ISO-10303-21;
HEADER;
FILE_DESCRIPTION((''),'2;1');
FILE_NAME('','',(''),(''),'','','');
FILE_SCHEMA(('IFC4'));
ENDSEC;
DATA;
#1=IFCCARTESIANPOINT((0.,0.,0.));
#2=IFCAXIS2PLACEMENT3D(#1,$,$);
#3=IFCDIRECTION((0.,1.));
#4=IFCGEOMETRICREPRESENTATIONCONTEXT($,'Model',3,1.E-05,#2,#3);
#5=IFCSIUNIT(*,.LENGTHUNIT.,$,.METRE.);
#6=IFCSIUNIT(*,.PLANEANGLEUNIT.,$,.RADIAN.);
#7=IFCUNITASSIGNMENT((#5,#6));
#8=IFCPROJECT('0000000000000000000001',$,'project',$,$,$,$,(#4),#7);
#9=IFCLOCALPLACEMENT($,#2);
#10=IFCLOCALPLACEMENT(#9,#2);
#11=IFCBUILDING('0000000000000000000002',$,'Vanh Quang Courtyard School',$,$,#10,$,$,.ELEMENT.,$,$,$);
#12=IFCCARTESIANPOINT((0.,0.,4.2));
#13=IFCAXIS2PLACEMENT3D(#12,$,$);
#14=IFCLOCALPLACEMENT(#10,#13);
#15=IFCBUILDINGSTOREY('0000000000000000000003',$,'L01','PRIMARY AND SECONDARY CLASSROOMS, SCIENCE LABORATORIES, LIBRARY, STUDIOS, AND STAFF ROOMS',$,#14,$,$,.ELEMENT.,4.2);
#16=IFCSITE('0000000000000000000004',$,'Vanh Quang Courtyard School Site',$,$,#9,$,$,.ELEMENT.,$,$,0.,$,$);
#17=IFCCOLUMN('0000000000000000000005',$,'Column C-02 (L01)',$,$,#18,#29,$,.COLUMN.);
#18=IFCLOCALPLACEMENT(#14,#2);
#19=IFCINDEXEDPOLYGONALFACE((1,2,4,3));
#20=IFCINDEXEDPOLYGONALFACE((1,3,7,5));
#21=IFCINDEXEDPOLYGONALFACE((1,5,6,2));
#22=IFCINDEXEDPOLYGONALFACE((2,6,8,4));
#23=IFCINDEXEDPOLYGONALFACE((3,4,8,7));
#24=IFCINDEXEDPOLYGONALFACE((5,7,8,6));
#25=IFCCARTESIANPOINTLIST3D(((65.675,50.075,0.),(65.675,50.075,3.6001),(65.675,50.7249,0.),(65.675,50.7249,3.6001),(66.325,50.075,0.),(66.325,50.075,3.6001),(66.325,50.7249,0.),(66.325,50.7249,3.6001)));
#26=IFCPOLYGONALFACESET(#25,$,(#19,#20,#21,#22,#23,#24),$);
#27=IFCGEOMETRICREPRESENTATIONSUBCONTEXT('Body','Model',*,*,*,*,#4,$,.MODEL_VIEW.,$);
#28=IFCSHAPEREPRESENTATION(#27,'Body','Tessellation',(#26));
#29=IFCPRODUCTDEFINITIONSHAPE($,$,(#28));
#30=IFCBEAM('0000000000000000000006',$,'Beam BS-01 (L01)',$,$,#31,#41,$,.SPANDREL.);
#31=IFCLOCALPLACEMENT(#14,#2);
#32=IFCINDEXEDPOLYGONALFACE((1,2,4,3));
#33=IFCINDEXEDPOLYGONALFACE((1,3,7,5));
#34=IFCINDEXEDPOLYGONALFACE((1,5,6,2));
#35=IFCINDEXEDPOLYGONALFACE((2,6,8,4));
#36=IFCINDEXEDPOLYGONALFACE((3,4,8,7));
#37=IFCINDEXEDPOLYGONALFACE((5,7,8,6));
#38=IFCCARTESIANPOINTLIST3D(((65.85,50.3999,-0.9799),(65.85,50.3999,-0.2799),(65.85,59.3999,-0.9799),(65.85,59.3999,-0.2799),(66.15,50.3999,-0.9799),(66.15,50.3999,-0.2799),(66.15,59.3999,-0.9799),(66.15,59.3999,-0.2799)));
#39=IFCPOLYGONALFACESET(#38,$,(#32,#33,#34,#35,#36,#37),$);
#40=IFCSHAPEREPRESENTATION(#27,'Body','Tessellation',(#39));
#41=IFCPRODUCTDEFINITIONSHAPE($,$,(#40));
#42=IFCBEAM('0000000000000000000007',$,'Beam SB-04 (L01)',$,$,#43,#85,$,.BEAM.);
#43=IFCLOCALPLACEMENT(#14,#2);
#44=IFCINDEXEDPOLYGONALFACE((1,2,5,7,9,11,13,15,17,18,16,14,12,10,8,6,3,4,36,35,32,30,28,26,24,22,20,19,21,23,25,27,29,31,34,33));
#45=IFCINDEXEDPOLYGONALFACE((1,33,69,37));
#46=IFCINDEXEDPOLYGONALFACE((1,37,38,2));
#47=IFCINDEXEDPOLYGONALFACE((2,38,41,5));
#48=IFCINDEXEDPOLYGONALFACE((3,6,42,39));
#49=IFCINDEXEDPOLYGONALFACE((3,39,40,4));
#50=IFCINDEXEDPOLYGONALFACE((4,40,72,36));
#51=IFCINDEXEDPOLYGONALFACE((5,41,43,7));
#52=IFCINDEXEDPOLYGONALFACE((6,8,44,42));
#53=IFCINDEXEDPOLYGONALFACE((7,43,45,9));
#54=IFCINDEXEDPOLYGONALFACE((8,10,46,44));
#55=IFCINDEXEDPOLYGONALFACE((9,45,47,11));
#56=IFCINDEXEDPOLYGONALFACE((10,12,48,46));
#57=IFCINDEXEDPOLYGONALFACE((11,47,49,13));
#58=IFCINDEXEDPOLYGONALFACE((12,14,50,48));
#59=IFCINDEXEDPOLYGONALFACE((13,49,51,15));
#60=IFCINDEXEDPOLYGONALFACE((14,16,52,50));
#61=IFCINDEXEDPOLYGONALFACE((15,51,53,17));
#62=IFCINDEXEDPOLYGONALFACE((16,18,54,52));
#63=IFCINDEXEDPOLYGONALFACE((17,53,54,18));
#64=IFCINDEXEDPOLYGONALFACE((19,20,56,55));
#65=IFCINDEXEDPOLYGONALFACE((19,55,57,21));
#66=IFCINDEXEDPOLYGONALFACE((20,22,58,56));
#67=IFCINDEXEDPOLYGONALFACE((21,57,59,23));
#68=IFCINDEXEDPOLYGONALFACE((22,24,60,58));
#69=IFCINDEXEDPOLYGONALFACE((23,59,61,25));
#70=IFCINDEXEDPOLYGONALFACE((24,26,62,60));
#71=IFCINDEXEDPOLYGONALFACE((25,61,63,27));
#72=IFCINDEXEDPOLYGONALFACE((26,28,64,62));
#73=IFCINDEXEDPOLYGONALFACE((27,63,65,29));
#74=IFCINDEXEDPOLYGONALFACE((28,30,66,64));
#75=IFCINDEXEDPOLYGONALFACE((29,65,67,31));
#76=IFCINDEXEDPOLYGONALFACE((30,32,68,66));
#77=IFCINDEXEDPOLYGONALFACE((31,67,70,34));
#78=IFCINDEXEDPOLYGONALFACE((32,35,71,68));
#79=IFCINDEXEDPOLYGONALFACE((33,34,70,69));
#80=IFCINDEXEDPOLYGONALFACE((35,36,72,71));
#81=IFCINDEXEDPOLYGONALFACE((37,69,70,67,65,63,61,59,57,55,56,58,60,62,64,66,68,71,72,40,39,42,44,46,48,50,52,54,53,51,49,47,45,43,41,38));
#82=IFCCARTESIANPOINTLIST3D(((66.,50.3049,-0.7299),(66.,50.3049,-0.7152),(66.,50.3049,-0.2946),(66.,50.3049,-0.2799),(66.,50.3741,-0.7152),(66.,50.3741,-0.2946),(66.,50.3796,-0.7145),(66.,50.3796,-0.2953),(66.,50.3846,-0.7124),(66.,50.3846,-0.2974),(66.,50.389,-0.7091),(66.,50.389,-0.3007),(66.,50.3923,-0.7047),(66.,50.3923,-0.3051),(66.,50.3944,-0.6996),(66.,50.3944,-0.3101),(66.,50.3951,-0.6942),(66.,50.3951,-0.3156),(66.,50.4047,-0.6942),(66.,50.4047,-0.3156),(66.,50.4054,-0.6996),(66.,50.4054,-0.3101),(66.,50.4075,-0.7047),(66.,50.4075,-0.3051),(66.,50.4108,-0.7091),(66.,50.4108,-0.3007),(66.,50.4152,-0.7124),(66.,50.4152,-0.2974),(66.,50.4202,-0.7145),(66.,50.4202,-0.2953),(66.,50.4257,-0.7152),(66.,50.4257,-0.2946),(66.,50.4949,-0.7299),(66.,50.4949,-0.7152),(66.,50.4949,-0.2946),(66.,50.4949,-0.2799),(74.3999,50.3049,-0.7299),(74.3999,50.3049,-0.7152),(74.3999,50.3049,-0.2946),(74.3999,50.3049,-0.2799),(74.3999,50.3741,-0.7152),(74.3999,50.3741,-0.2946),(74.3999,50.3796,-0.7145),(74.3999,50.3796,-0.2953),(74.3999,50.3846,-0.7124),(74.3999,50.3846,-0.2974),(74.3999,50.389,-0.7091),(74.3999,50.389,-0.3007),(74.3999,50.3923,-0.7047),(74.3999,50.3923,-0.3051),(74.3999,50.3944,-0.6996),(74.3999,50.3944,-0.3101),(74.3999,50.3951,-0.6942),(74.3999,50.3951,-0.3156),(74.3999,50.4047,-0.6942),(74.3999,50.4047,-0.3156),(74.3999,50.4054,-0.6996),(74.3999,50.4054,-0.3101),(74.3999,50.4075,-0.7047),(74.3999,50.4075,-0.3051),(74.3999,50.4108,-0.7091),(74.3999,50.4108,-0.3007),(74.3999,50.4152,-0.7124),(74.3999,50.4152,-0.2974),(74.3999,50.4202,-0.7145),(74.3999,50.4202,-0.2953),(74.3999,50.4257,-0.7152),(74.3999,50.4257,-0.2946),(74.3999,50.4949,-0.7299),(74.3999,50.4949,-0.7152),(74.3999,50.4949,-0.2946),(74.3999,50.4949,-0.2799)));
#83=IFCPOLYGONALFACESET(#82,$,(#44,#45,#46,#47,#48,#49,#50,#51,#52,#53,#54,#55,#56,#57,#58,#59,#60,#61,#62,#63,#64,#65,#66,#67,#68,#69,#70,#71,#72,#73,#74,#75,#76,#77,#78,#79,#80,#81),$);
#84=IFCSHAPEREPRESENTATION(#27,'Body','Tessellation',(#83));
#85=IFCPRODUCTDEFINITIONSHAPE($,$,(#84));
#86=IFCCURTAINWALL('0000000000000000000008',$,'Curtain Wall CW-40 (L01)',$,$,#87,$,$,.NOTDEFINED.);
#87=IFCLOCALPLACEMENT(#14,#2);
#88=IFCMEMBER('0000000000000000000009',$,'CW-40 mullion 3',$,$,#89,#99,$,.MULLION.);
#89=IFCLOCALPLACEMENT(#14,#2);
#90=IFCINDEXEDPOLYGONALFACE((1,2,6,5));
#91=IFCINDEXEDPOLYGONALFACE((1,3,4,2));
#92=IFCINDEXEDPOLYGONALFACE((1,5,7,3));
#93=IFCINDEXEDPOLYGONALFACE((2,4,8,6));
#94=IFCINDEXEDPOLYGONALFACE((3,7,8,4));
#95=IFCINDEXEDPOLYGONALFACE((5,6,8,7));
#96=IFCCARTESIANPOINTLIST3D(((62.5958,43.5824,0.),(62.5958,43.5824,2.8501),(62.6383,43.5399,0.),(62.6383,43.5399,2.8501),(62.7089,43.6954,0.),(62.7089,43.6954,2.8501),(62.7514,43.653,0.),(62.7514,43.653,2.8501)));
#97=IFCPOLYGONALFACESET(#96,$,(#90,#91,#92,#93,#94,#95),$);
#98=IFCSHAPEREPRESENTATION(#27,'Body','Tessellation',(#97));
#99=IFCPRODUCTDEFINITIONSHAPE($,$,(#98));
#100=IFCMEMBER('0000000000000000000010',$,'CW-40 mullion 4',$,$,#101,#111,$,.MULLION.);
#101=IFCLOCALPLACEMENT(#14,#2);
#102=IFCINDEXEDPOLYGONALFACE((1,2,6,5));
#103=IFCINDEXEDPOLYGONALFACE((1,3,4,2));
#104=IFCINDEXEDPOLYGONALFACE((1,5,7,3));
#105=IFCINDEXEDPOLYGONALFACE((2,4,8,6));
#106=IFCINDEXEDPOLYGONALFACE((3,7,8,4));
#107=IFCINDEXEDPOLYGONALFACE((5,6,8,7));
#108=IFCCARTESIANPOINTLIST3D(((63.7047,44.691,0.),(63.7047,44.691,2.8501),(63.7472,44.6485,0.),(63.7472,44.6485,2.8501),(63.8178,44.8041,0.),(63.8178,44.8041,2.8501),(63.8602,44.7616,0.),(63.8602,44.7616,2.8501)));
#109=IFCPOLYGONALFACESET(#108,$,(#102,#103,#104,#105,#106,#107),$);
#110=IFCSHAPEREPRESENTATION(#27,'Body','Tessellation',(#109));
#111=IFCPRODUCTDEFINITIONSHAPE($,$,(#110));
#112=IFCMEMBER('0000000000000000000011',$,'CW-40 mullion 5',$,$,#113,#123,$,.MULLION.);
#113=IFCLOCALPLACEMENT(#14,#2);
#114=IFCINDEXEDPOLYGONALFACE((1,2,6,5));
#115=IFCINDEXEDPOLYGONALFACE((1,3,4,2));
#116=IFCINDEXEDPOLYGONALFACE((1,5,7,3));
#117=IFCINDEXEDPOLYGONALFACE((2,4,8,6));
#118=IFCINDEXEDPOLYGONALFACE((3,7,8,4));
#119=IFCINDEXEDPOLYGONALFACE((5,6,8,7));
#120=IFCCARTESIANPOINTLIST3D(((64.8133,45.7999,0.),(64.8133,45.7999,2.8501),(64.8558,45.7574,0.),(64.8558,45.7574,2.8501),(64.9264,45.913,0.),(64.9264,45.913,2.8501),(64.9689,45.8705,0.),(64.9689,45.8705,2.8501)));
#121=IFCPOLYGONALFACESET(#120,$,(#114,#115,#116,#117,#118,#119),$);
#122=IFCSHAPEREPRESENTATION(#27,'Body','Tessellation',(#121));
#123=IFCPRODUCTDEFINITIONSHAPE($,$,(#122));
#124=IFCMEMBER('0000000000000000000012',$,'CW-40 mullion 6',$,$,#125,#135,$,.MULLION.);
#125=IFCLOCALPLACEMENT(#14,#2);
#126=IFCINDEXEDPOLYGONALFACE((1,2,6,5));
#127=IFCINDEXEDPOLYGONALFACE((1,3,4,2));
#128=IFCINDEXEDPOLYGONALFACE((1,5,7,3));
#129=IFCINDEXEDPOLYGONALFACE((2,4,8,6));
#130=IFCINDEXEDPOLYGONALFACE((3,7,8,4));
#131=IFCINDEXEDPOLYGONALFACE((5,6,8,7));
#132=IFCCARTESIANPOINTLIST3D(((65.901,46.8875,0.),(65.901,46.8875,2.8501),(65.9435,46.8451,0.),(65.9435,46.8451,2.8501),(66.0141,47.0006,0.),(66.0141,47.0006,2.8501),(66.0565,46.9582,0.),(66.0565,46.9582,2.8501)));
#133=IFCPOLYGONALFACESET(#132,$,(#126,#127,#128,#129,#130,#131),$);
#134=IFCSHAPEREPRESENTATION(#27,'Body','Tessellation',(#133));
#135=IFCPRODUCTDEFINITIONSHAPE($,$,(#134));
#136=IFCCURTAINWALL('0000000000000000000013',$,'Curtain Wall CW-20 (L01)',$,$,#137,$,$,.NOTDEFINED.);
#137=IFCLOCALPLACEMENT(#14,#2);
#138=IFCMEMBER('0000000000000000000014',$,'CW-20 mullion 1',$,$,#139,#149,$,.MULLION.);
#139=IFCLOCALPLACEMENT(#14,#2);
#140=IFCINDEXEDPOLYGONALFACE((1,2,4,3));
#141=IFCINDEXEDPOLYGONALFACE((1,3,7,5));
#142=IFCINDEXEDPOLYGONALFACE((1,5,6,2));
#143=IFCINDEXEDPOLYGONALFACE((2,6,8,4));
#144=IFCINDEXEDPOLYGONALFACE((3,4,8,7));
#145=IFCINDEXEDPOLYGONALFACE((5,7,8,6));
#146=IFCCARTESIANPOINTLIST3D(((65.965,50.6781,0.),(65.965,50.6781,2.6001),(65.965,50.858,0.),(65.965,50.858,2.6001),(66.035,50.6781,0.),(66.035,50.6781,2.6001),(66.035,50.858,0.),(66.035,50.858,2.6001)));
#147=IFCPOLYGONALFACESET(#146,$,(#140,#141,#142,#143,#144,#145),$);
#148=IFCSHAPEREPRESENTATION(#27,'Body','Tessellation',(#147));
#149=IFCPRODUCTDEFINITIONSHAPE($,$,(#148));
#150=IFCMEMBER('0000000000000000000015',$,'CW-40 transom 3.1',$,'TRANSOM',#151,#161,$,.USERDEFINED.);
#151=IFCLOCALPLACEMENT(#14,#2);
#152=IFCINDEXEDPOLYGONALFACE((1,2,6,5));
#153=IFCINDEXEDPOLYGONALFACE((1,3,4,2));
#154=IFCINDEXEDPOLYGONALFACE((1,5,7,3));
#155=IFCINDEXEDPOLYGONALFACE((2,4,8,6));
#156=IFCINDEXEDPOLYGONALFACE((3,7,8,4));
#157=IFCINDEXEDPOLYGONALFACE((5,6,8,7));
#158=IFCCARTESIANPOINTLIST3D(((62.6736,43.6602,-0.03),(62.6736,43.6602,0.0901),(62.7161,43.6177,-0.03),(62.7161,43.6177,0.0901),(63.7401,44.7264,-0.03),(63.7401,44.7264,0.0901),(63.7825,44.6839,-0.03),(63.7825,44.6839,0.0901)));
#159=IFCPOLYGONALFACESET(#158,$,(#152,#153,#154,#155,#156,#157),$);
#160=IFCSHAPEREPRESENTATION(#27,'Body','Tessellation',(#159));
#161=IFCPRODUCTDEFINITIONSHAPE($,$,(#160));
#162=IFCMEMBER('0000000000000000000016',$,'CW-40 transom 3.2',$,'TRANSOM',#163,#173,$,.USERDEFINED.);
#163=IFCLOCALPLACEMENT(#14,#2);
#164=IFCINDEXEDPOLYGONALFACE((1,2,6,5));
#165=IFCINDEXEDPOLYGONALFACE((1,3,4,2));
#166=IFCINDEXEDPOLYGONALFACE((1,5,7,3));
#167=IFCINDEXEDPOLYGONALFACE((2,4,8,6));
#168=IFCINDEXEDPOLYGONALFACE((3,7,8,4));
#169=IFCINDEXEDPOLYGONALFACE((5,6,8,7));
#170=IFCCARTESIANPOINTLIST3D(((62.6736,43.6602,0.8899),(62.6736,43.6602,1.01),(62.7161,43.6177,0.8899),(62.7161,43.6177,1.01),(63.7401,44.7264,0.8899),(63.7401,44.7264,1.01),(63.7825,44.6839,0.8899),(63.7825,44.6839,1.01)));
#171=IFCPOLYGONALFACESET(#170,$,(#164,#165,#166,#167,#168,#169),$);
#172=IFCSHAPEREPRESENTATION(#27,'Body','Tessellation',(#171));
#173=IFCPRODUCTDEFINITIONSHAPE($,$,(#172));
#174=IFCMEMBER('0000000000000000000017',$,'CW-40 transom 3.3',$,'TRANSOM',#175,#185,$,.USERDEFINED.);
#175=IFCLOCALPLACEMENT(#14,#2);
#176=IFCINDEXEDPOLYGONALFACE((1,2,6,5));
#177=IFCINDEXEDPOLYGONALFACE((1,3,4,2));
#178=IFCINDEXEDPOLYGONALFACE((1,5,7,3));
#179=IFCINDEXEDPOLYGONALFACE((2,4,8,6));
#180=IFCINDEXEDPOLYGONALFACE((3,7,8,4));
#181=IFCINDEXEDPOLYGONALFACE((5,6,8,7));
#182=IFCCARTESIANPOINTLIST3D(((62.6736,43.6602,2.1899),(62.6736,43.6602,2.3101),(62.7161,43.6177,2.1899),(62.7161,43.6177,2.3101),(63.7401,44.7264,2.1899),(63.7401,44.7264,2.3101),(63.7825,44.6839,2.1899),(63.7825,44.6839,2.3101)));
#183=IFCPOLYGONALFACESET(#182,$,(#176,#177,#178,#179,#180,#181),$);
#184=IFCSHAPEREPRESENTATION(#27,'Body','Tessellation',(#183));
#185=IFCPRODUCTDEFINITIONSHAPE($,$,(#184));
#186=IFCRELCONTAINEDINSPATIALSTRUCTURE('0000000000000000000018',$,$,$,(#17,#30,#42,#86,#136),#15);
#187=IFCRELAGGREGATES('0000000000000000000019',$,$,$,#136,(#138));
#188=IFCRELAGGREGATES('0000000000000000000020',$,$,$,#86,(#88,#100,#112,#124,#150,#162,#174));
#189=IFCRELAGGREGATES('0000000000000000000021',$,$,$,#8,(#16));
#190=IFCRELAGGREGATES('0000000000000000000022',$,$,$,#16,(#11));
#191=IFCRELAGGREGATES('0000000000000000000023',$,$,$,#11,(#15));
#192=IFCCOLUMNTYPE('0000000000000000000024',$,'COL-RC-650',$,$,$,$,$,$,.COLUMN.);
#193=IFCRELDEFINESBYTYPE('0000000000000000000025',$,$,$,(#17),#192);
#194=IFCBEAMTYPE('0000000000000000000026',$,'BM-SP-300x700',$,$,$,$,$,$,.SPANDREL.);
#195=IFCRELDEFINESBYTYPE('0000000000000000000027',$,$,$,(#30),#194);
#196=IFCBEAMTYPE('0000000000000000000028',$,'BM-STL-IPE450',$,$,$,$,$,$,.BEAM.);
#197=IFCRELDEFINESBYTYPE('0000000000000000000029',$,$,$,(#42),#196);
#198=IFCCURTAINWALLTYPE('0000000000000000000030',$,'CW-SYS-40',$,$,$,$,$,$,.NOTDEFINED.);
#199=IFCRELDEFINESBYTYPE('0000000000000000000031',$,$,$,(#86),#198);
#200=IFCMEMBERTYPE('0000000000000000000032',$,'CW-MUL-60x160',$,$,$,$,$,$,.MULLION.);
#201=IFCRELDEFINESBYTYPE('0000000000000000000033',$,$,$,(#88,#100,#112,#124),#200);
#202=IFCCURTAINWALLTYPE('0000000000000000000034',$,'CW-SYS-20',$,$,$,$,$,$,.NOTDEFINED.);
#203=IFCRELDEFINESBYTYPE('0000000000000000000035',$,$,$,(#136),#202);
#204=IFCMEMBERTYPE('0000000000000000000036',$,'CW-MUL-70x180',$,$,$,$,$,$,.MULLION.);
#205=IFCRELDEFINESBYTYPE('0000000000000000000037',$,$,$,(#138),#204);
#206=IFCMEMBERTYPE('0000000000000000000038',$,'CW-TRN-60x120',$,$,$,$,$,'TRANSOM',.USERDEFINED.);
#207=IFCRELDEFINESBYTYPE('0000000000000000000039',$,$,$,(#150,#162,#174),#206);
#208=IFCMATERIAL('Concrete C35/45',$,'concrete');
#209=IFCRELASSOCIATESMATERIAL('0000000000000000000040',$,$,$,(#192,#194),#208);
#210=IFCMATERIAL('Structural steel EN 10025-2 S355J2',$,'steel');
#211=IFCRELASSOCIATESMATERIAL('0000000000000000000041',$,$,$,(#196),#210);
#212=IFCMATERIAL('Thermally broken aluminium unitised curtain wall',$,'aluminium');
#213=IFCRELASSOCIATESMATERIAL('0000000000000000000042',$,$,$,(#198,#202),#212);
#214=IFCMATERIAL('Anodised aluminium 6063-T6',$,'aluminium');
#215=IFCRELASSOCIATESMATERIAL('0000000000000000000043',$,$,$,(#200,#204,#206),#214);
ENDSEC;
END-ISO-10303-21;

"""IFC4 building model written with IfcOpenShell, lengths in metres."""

from ifc_helpers import new_model, si_unit, direction, frame, origin, origin_2d, place, context, subcontext, project, spatial, rectangle, i_section, extrude, material, material_profile, profile_set, type_object, element, aggregate, save


model = new_model("IFC4")

# Units and contexts
model_context = context("Model", 3, precision=1e-05, world=origin(), true_north=direction((0.0, 1.0)))
body_context = subcontext(model_context, "Body", "Model", "MODEL_VIEW")
ifc_project = project(units=[si_unit("LENGTHUNIT", "METRE"), si_unit("PLANEANGLEUNIT", "RADIAN")], contexts=[model_context])

# Site, building, storey
site_placement = place(None, origin())
site = spatial("IfcSite", under=ifc_project, at=site_placement, Name="Vanh Quang Courtyard School Site", CompositionType="ELEMENT", RefElevation=0.0)
building_placement = place(site_placement, origin())
building = spatial("IfcBuilding", under=site, at=building_placement, Name="Vanh Quang Courtyard School", CompositionType="ELEMENT")
storey_placement = place(building_placement, frame((0.0, 0.0, 4.2)))
storey = spatial("IfcBuildingStorey", under=building, at=storey_placement, Name="L01", Description="PRIMARY AND SECONDARY CLASSROOMS, SCIENCE LABORATORIES, LIBRARY, STUDIOS, AND STAFF ROOMS", CompositionType="ELEMENT", Elevation=4.2)

# Column
ifc_material_1 = material(Name="Concrete C35/45", Category="concrete")
ifc_material_profile_1 = material_profile(ifc_material_1, rectangle(XDim=0.6499, YDim=0.6499, at=origin_2d()), Name="RC-COL 650x650")
ifc_profile_set_1 = profile_set([ifc_material_profile_1], Name="Concrete C35/45")
column_type = type_object("IfcColumnType", Name="COL-RC-650", PredefinedType="COLUMN", material=ifc_profile_set_1)
column_placement = place(storey_placement, frame((66.0, 50.3999, 0.0), z_axis=(0.0, 0.0, 1.0), x_axis=(1.0, 0.0, 0.0)))
element("IfcColumn", 1, at=column_placement, inside=storey, type_object=column_type, Name="Column C-02 (L01)", PredefinedType="COLUMN", context=body_context, shape_type="SweptSolid", body=[
    extrude(rectangle(XDim=0.6499, YDim=0.6499, at=origin_2d()), origin(), (0.0, 0.0, 1.0), 3.6001),
])

# Beams
ifc_material_profile_2 = material_profile(ifc_material_1, rectangle(XDim=0.3, YDim=0.7, at=origin_2d()), Name="RC-SP 300x700")
ifc_profile_set_2 = profile_set([ifc_material_profile_2], Name="Concrete C35/45")
beam_type_1 = type_object("IfcBeamType", Name="BM-SP-300x700", PredefinedType="SPANDREL", material=ifc_profile_set_2)
beam_1_placement = place(storey_placement, frame((66.0, 50.3999, -0.6299), z_axis=(0.0, 1.0, 0.0), x_axis=(-1.0, 0.0, 0.0)))
element("IfcBeam", 2, at=beam_1_placement, inside=storey, type_object=beam_type_1, Name="Beam BS-01 (L01)", PredefinedType="SPANDREL", context=body_context, shape_type="SweptSolid", body=[
    extrude(rectangle(XDim=0.3, YDim=0.7, at=origin_2d()), origin(), (0.0, 0.0, 1.0), 9.0),
])
ifc_material_2 = material(Name="Structural steel EN 10025-2 S355J2", Category="steel")
ifc_material_profile_3 = material_profile(ifc_material_2, i_section(OverallWidth=0.1899, OverallDepth=0.45, WebThickness=0.0095, FlangeThickness=0.0146, FilletRadius=0.021, at=origin_2d()), Name="IPE 450")
ifc_profile_set_3 = profile_set([ifc_material_profile_3], Name="Structural steel EN 10025-2 S355J2")
beam_type_2 = type_object("IfcBeamType", Name="BM-STL-IPE450", PredefinedType="BEAM", material=ifc_profile_set_3)
beam_2_placement = place(storey_placement, frame((66.0, 50.3999, -0.5049), z_axis=(1.0, 0.0, 0.0), x_axis=(0.0, 1.0, 0.0)))
element("IfcBeam", 3, at=beam_2_placement, inside=storey, type_object=beam_type_2, Name="Beam SB-04 (L01)", PredefinedType="BEAM", context=body_context, shape_type="SweptSolid", body=[
    extrude(i_section(OverallWidth=0.1899, OverallDepth=0.45, WebThickness=0.0095, FlangeThickness=0.0146, FilletRadius=0.021, at=origin_2d()), origin(), (0.0, 0.0, 1.0), 8.3999),
])

# Curtain wall, members
ifc_material_3 = material(Name="Thermally broken aluminium unitised curtain wall", Category="aluminium")
curtain_wall_type_1 = type_object("IfcCurtainWallType", Name="CW-SYS-40", PredefinedType="NOTDEFINED", material=ifc_material_3)
curtain_wall_1_placement = place(storey_placement, origin())
curtain_wall_1 = element("IfcCurtainWall", 4, at=curtain_wall_1_placement, inside=storey, type_object=curtain_wall_type_1, Name="Curtain Wall CW-40 (L01)", PredefinedType="NOTDEFINED")
ifc_material_4 = material(Name="Anodised aluminium 6063-T6", Category="aluminium")
ifc_material_profile_4 = material_profile(ifc_material_4, rectangle(XDim=0.0601, YDim=0.1599, at=origin_2d()), Name="ALU-MUL 60x160")
ifc_profile_set_4 = profile_set([ifc_material_profile_4], Name="Anodised aluminium 6063-T6")
member_type_1 = type_object("IfcMemberType", Name="CW-MUL-60x160", PredefinedType="MULLION", material=ifc_profile_set_4)
member_1_placement = place(storey_placement, frame((62.6736, 43.6177, 0.0), z_axis=(0.0, 0.0, 1.0), x_axis=(-0.707107, 0.707107, 0.0)))
member_1 = element("IfcMember", 5, at=member_1_placement, type_object=member_type_1, Name="CW-40 mullion 3", PredefinedType="MULLION", context=body_context, shape_type="SweptSolid", body=[
    extrude(rectangle(XDim=0.0601, YDim=0.1599, at=origin_2d()), origin(), (0.0, 0.0, 1.0), 2.8501),
])
member_2_placement = place(storey_placement, frame((63.7825, 44.7263, 0.0), z_axis=(0.0, 0.0, 1.0), x_axis=(-0.707107, 0.707107, 0.0)))
member_2 = element("IfcMember", 6, at=member_2_placement, type_object=member_type_1, Name="CW-40 mullion 4", PredefinedType="MULLION", context=body_context, shape_type="SweptSolid", body=[
    extrude(rectangle(XDim=0.0601, YDim=0.1599, at=origin_2d()), origin(), (0.0, 0.0, 1.0), 2.8501),
])
member_3_placement = place(storey_placement, frame((64.8911, 45.8352, 0.0), z_axis=(0.0, 0.0, 1.0), x_axis=(-0.707107, 0.707107, 0.0)))
member_3 = element("IfcMember", 7, at=member_3_placement, type_object=member_type_1, Name="CW-40 mullion 5", PredefinedType="MULLION", context=body_context, shape_type="SweptSolid", body=[
    extrude(rectangle(XDim=0.0601, YDim=0.1599, at=origin_2d()), origin(), (0.0, 0.0, 1.0), 2.8501),
])
member_4_placement = place(storey_placement, frame((65.9788, 46.9229, 0.0), z_axis=(0.0, 0.0, 1.0), x_axis=(-0.707107, 0.707107, 0.0)))
member_4 = element("IfcMember", 8, at=member_4_placement, type_object=member_type_1, Name="CW-40 mullion 6", PredefinedType="MULLION", context=body_context, shape_type="SweptSolid", body=[
    extrude(rectangle(XDim=0.0601, YDim=0.1599, at=origin_2d()), origin(), (0.0, 0.0, 1.0), 2.8501),
])

# Curtain wall, member
curtain_wall_type_2 = type_object("IfcCurtainWallType", Name="CW-SYS-20", PredefinedType="NOTDEFINED", material=ifc_material_3)
curtain_wall_2_placement = place(storey_placement, origin())
curtain_wall_2 = element("IfcCurtainWall", 9, at=curtain_wall_2_placement, inside=storey, type_object=curtain_wall_type_2, Name="Curtain Wall CW-20 (L01)", PredefinedType="NOTDEFINED")
ifc_material_profile_5 = material_profile(ifc_material_4, rectangle(XDim=0.0701, YDim=0.1799, at=origin_2d()), Name="ALU-MUL 70x180")
ifc_profile_set_5 = profile_set([ifc_material_profile_5], Name="Anodised aluminium 6063-T6")
member_type_2 = type_object("IfcMemberType", Name="CW-MUL-70x180", PredefinedType="MULLION", material=ifc_profile_set_5)
member_5_placement = place(storey_placement, frame((66.0, 50.7681, 0.0), z_axis=(0.0, 0.0, 1.0), x_axis=(-1.0, 0.0, 0.0)))
member_5 = element("IfcMember", 10, at=member_5_placement, type_object=member_type_2, Name="CW-20 mullion 1", PredefinedType="MULLION", context=body_context, shape_type="SweptSolid", body=[
    extrude(rectangle(XDim=0.0701, YDim=0.1799, at=origin_2d()), origin(), (0.0, 0.0, 1.0), 2.6001),
])
aggregate(curtain_wall_2, [member_5])

# Members
ifc_material_profile_6 = material_profile(ifc_material_4, rectangle(XDim=0.0601, YDim=0.1201, at=origin_2d()), Name="ALU-TRN 60x120")
ifc_profile_set_6 = profile_set([ifc_material_profile_6], Name="Anodised aluminium 6063-T6")
member_type_3 = type_object("IfcMemberType", Name="CW-TRN-60x120", ElementType="TRANSOM", PredefinedType="USERDEFINED", material=ifc_profile_set_6)
member_6_placement = place(storey_placement, frame((62.6948, 43.6389, 0.03), z_axis=(0.707188, 0.707026, 0.0), x_axis=(-0.707026, 0.707188, 0.0)))
member_6 = element("IfcMember", 11, at=member_6_placement, type_object=member_type_3, Name="CW-40 transom 3.1", ObjectType="TRANSOM", PredefinedType="USERDEFINED", context=body_context, shape_type="SweptSolid", body=[
    extrude(rectangle(XDim=0.0601, YDim=0.1201, at=origin_2d()), origin(), (0.0, 0.0, 1.0), 1.5081),
])
member_7_placement = place(storey_placement, frame((62.6948, 43.6389, 0.95), z_axis=(0.707188, 0.707026, 0.0), x_axis=(-0.707026, 0.707188, 0.0)))
member_7 = element("IfcMember", 12, at=member_7_placement, type_object=member_type_3, Name="CW-40 transom 3.2", ObjectType="TRANSOM", PredefinedType="USERDEFINED", context=body_context, shape_type="SweptSolid", body=[
    extrude(rectangle(XDim=0.0601, YDim=0.1201, at=origin_2d()), origin(), (0.0, 0.0, 1.0), 1.5081),
])
member_8_placement = place(storey_placement, frame((62.6948, 43.6389, 2.25), z_axis=(0.707188, 0.707026, 0.0), x_axis=(-0.707026, 0.707188, 0.0)))
member_8 = element("IfcMember", 13, at=member_8_placement, type_object=member_type_3, Name="CW-40 transom 3.3", ObjectType="TRANSOM", PredefinedType="USERDEFINED", context=body_context, shape_type="SweptSolid", body=[
    extrude(rectangle(XDim=0.0601, YDim=0.1201, at=origin_2d()), origin(), (0.0, 0.0, 1.0), 1.5081),
])

aggregate(curtain_wall_1, [member_1, member_2, member_3, member_4, member_6, member_7, member_8])

save(model, "model.ifc")
